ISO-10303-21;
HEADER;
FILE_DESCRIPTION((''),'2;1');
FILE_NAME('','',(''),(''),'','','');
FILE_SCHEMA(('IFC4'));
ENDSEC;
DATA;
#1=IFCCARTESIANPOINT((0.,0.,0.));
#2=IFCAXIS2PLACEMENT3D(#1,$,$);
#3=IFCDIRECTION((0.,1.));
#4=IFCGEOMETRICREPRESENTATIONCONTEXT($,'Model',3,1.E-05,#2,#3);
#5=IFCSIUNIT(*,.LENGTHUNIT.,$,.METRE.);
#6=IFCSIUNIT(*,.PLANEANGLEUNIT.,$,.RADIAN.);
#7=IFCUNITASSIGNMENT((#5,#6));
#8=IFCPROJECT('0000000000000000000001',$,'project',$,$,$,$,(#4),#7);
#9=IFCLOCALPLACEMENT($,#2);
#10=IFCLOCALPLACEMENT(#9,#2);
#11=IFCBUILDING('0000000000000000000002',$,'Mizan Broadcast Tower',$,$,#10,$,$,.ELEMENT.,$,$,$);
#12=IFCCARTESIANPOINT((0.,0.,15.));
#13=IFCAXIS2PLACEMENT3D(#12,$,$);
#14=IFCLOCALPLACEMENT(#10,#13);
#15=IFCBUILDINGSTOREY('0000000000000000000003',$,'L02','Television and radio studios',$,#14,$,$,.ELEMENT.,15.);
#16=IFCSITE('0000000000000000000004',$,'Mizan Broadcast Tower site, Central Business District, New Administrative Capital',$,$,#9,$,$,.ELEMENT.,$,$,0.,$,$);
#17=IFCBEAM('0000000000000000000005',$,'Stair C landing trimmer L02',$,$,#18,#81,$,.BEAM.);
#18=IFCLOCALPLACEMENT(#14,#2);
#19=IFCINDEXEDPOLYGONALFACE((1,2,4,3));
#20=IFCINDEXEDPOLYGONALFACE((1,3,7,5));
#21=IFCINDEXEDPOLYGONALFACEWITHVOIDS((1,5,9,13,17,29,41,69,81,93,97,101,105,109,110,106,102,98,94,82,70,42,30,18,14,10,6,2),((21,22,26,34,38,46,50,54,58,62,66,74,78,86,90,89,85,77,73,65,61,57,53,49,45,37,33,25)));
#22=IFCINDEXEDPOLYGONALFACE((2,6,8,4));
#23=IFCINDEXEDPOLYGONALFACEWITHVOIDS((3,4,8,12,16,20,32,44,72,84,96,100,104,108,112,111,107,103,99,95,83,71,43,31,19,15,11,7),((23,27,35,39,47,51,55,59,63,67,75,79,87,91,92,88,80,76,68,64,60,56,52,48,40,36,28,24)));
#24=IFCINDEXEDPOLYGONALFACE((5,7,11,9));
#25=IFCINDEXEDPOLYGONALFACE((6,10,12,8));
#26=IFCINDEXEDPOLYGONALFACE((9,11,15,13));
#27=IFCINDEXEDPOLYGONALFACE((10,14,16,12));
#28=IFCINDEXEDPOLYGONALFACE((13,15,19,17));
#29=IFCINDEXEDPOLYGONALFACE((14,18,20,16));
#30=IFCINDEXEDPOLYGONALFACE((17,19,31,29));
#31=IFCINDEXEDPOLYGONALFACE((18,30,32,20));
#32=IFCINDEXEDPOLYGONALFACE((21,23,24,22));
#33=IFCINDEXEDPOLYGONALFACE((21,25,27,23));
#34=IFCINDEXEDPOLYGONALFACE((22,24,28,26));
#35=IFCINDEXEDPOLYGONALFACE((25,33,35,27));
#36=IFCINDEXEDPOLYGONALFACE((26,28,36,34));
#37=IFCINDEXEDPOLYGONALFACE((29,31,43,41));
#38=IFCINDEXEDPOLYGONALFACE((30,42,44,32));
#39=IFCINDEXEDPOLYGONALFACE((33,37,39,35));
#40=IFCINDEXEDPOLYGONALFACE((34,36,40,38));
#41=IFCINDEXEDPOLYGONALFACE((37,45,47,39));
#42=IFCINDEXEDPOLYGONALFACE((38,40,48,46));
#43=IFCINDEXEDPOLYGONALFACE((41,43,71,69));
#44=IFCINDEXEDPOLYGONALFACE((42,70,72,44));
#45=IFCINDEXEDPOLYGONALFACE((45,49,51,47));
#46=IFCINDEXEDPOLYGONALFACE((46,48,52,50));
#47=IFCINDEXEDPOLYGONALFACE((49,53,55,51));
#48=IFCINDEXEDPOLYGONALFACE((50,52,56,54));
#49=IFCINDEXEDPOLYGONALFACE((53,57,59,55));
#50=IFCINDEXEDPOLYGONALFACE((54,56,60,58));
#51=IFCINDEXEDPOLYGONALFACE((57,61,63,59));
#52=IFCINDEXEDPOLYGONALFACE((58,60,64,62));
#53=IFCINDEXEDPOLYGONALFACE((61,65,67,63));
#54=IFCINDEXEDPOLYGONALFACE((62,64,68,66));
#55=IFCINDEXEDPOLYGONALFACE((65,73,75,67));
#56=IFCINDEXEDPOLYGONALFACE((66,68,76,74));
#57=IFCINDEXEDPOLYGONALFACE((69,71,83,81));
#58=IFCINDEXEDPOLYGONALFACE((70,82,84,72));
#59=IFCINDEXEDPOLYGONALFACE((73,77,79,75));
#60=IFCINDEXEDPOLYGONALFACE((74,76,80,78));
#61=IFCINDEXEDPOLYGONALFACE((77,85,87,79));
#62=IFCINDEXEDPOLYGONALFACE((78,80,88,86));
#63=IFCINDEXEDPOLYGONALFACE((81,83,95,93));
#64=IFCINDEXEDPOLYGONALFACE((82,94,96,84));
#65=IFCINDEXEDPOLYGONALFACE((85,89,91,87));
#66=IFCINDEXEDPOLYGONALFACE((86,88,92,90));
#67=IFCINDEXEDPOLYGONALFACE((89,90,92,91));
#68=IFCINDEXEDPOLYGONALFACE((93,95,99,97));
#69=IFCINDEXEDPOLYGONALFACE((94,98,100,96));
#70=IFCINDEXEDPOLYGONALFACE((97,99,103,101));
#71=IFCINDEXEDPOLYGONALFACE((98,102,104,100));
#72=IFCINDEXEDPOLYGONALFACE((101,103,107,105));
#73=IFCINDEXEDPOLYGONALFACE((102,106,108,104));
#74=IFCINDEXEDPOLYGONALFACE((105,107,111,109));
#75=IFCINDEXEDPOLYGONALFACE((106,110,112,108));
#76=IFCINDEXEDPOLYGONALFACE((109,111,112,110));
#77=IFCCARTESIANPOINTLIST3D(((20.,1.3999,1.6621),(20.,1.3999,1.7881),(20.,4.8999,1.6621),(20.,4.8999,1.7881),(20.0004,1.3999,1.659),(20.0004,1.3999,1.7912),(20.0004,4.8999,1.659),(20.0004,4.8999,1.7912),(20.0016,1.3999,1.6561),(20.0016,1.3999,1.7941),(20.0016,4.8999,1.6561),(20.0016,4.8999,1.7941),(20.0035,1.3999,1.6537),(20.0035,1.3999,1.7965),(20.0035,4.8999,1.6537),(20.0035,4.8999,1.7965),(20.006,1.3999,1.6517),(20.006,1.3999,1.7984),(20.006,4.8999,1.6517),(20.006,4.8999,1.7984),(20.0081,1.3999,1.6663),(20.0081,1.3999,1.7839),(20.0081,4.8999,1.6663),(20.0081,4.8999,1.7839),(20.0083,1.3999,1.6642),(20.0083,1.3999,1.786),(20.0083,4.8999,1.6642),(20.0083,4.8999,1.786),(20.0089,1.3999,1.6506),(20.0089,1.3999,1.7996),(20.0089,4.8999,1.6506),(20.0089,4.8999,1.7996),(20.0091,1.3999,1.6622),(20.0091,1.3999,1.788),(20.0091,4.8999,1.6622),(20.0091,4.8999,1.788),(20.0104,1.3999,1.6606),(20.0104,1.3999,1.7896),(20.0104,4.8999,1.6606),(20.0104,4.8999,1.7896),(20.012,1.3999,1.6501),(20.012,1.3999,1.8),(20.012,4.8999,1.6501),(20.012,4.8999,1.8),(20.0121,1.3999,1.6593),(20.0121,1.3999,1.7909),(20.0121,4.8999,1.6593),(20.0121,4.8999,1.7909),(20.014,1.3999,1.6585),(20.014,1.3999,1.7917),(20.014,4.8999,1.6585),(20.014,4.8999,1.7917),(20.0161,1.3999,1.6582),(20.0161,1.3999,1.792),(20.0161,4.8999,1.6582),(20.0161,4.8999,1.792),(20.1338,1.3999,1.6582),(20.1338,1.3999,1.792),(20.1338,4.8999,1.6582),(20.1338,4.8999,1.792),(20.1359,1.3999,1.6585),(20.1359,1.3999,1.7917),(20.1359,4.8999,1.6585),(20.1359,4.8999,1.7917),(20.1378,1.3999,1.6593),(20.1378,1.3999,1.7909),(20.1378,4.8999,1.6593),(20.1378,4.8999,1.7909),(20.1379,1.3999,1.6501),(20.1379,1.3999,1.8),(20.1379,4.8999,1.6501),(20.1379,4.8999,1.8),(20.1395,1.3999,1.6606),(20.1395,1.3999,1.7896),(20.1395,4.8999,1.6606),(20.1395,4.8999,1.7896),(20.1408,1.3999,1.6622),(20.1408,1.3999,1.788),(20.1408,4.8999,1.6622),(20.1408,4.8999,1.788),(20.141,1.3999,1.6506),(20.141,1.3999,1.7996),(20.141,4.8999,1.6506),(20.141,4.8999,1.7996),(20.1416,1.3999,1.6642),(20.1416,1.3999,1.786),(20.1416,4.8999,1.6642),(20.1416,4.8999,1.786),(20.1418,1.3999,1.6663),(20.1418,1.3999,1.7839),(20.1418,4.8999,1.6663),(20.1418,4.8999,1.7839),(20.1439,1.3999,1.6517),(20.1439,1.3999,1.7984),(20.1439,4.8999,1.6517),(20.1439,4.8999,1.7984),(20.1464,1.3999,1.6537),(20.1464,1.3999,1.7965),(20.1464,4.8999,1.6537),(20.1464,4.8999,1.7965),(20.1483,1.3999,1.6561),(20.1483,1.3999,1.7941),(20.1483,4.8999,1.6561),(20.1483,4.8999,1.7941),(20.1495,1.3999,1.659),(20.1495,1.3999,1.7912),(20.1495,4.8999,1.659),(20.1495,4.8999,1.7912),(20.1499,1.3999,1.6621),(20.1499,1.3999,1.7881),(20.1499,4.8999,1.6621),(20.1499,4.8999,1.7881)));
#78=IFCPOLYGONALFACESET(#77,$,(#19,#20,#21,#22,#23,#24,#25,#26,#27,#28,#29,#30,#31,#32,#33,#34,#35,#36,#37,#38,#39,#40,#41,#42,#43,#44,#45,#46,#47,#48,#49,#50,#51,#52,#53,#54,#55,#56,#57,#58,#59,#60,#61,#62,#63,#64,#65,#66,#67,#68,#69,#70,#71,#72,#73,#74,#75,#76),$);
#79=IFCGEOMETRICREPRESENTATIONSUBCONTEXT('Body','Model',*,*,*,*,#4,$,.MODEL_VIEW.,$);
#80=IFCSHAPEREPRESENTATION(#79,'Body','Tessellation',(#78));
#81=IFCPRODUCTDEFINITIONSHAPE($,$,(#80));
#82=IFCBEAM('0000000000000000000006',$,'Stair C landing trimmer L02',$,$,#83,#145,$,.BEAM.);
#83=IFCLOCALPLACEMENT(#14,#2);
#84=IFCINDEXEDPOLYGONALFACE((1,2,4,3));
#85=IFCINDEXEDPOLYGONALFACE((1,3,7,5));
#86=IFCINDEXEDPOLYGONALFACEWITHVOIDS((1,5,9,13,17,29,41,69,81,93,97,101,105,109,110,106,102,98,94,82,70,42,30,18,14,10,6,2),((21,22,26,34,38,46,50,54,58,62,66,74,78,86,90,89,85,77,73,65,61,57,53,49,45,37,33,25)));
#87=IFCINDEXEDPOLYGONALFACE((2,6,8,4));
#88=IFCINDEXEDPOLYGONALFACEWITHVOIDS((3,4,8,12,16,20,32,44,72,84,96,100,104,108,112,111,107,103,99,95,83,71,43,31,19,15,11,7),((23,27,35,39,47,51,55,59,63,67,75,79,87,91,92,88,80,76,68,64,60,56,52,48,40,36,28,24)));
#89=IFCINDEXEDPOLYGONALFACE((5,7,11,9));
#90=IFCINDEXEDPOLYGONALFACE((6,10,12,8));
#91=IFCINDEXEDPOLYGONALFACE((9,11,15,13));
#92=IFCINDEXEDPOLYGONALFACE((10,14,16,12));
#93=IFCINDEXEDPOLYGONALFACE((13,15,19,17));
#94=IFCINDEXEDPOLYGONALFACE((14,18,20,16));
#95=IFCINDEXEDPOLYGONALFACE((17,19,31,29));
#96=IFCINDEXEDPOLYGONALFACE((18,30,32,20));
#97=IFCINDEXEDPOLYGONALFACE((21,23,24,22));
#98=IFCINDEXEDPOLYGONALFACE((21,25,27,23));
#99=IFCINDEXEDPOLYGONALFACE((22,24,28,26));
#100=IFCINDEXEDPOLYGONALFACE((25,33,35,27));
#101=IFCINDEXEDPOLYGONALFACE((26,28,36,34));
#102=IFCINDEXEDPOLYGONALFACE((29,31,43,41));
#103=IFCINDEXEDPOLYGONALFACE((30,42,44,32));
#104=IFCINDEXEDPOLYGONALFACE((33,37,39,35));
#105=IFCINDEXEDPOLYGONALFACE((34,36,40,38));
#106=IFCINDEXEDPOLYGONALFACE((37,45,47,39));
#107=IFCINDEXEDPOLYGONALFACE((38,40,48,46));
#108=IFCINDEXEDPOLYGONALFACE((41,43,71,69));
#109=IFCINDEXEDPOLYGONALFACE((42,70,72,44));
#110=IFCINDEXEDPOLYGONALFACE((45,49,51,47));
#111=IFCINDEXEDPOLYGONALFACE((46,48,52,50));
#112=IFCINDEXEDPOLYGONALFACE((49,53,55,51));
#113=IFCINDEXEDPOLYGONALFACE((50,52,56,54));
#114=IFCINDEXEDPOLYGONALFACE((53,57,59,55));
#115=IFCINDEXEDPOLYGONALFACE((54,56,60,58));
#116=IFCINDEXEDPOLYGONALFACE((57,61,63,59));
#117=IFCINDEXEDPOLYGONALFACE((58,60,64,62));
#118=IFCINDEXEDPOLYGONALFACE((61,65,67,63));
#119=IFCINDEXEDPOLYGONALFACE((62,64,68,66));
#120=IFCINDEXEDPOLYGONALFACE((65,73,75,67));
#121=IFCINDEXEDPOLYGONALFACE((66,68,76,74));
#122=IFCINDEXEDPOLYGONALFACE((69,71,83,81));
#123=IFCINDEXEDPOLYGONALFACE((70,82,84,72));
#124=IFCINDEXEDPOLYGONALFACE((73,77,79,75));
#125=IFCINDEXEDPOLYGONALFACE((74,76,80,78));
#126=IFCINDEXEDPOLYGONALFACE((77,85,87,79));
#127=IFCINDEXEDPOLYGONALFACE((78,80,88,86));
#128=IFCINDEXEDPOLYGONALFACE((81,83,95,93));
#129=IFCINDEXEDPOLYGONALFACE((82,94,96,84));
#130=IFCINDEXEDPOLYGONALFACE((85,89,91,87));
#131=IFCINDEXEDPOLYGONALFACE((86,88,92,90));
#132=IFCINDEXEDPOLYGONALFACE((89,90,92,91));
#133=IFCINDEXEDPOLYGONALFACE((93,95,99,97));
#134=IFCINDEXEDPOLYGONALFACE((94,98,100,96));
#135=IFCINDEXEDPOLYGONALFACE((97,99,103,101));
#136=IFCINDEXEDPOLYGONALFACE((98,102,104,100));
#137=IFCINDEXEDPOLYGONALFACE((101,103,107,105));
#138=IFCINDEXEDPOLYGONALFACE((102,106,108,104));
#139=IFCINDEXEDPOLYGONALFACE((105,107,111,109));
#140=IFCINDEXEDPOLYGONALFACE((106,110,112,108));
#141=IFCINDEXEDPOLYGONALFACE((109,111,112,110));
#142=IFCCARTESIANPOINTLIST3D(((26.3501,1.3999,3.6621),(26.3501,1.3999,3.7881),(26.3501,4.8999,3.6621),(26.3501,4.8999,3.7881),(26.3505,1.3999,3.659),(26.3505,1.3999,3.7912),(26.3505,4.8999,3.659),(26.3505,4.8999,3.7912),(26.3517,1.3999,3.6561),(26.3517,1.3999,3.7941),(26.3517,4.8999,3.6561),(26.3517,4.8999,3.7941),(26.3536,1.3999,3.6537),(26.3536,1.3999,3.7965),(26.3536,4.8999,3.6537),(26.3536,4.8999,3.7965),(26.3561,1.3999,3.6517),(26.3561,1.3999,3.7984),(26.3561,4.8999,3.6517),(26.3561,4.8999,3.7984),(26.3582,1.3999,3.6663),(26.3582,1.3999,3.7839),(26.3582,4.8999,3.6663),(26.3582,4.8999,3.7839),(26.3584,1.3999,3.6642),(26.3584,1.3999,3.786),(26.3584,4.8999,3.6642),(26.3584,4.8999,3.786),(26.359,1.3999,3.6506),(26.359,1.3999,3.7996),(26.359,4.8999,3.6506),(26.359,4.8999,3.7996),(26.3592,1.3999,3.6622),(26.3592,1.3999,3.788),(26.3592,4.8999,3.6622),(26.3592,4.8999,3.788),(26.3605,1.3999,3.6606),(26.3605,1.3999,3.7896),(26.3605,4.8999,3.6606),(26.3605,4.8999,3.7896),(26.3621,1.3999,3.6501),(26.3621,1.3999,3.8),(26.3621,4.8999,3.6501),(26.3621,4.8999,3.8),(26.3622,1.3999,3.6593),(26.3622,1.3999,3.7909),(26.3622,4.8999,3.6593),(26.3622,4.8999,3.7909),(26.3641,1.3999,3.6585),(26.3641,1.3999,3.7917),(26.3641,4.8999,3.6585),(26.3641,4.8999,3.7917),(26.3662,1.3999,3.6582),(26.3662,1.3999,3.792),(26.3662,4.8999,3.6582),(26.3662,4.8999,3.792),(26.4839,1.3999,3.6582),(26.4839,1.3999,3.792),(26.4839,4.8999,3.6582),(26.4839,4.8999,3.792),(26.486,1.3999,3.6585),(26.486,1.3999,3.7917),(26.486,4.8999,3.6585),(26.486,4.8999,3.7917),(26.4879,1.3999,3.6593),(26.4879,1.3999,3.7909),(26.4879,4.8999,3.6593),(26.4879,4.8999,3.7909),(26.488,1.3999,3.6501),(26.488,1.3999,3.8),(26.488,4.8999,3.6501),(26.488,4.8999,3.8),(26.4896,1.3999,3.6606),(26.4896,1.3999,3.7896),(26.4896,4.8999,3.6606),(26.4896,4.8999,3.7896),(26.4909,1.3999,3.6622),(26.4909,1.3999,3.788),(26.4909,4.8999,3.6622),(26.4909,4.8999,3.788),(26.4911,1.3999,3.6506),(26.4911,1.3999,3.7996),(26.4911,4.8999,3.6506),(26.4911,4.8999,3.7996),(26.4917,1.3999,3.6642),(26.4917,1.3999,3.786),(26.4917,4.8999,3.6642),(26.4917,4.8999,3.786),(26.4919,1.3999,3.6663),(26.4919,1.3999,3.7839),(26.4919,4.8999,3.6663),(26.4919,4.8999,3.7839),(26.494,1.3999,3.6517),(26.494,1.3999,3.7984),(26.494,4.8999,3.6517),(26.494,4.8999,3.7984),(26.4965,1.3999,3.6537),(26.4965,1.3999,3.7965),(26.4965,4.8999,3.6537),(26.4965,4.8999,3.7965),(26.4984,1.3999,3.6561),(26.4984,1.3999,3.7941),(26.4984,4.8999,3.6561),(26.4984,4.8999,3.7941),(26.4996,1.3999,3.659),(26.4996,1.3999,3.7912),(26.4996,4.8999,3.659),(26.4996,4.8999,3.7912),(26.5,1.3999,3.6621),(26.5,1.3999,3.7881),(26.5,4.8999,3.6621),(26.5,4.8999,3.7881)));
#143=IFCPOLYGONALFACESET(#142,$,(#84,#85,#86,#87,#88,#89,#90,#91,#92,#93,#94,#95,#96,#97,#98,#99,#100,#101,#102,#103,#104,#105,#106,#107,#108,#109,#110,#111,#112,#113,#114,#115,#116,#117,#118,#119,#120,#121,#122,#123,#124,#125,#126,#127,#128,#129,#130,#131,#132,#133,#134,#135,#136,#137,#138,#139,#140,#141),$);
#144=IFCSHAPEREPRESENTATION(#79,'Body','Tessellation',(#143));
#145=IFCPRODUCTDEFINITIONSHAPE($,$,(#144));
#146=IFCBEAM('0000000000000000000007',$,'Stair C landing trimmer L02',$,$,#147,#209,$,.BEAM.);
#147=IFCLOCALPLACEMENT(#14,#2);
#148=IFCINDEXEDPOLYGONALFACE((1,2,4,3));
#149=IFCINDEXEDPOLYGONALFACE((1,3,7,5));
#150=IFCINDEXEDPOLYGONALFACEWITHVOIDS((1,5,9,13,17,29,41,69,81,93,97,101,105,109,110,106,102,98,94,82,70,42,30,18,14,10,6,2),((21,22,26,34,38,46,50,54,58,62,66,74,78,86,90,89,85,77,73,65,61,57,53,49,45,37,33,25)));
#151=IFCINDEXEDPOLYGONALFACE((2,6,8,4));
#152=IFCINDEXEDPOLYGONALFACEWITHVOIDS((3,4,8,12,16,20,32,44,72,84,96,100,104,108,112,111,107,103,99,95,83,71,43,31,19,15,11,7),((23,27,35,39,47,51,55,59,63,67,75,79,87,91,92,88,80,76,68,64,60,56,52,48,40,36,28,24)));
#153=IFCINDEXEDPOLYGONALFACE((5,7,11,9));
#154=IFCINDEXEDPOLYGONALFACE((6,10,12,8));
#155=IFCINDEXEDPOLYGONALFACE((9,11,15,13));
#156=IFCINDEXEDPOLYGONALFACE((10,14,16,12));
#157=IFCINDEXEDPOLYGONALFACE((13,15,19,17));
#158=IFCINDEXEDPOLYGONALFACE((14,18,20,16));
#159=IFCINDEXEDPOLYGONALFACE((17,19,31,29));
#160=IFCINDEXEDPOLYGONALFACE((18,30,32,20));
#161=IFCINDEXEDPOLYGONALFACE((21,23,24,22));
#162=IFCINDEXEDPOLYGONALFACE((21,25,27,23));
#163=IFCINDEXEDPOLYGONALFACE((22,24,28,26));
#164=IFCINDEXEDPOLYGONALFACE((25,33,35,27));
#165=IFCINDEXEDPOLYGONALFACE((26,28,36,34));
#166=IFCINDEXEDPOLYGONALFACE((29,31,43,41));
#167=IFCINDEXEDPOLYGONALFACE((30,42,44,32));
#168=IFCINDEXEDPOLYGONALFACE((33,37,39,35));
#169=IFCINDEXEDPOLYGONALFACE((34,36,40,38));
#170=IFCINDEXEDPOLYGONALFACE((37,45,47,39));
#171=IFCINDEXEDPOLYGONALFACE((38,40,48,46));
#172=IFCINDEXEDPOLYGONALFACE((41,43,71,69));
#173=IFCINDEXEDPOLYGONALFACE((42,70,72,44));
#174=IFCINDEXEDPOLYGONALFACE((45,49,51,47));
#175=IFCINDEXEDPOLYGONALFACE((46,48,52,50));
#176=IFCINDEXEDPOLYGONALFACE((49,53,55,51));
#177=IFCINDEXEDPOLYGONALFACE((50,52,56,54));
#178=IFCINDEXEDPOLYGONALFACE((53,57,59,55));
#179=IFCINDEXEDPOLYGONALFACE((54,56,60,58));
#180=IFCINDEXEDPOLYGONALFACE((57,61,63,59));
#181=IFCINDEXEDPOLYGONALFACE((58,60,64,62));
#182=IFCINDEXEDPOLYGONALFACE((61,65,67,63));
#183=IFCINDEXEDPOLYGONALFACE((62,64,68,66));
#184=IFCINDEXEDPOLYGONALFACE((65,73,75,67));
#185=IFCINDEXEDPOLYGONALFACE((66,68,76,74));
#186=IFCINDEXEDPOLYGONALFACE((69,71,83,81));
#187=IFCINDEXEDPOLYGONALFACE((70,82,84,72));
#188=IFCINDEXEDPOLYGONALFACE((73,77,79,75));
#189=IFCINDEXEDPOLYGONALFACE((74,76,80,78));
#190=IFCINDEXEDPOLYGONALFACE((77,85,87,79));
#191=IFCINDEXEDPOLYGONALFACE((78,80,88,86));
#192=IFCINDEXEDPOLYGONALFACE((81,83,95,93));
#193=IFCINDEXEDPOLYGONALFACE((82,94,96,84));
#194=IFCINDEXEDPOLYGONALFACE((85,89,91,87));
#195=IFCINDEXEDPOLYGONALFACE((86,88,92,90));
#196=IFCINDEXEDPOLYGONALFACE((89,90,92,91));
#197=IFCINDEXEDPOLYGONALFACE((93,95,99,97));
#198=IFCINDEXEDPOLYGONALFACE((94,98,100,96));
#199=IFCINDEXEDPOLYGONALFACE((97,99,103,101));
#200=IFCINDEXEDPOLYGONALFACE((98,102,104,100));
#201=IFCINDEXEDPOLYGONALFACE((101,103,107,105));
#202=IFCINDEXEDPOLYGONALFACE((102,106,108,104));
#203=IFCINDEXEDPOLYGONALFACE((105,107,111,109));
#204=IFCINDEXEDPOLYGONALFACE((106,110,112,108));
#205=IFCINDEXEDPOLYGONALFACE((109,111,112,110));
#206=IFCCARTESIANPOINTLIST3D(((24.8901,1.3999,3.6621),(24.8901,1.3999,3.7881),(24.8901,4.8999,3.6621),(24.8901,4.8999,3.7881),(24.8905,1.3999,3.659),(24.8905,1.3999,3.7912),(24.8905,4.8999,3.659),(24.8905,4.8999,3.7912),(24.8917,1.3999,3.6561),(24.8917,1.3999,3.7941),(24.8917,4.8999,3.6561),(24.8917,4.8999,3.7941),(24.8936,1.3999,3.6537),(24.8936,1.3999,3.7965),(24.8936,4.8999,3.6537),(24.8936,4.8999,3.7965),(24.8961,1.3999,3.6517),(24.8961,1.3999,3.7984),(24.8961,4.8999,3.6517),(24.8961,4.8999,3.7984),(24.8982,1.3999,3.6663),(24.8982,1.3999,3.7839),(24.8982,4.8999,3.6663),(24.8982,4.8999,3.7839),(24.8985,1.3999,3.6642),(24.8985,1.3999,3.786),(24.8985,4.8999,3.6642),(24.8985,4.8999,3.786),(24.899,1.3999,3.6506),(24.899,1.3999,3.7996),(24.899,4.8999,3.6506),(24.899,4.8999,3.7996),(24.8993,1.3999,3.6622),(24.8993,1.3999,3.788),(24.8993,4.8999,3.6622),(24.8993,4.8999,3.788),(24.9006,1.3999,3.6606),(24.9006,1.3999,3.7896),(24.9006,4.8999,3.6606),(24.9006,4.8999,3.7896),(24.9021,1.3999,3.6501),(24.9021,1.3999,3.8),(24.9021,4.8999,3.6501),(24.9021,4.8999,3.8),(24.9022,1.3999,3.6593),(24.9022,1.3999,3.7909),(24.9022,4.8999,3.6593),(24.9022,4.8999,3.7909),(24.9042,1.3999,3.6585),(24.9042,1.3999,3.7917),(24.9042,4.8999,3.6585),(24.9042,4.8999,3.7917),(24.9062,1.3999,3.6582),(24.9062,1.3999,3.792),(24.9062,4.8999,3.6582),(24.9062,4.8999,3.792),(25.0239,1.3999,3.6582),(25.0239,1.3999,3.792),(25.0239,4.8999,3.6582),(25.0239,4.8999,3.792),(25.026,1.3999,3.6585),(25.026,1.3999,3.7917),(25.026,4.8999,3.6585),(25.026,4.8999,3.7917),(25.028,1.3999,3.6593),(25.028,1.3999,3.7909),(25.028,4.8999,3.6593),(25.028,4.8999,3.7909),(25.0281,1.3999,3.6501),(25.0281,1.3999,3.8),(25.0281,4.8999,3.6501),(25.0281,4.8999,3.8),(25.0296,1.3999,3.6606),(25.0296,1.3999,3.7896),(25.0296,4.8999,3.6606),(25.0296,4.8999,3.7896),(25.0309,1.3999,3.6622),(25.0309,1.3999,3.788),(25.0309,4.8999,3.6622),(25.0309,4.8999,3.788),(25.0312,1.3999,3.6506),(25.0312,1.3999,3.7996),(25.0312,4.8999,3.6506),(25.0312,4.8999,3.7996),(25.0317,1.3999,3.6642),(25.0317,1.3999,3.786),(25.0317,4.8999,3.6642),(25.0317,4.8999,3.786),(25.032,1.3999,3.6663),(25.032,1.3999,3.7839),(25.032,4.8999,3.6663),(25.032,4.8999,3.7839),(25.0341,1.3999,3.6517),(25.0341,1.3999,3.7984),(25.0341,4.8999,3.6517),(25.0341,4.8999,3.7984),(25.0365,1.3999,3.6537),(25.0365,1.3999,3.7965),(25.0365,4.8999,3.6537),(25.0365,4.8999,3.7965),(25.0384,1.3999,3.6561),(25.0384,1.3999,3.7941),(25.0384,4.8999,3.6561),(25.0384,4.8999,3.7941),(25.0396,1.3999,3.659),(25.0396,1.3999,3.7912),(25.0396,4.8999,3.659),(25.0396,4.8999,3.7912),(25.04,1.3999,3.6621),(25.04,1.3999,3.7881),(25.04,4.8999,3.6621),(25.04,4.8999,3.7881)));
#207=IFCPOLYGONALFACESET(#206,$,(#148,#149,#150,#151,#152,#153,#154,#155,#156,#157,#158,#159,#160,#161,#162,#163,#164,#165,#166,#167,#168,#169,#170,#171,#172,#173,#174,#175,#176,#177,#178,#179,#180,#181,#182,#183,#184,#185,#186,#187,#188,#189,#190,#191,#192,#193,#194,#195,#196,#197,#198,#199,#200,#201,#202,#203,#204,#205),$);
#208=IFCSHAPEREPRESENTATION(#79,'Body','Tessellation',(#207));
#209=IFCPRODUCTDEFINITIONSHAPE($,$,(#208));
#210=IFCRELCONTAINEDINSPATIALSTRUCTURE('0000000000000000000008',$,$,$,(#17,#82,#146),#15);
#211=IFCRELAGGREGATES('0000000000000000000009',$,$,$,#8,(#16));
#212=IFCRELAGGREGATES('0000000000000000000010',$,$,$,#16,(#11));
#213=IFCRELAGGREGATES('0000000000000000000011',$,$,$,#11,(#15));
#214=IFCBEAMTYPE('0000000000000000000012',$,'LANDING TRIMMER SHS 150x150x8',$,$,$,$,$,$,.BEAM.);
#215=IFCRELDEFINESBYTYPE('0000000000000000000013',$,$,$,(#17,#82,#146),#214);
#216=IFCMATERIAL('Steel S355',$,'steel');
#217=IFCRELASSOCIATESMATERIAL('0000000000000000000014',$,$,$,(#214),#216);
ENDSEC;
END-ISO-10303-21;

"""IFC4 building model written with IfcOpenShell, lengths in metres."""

from ifc_helpers import new_model, si_unit, direction, frame, origin, origin_2d, place, context, subcontext, project, spatial, hollow_rectangle, extrude, material, material_profile, profile_set, type_object, element, save


model = new_model("IFC4")

# Units and contexts
model_context = context("Model", 3, precision=1e-05, world=origin(), true_north=direction((0.0, 1.0)))
body_context = subcontext(model_context, "Body", "Model", "MODEL_VIEW")
ifc_project = project(units=[si_unit("LENGTHUNIT", "METRE"), si_unit("PLANEANGLEUNIT", "RADIAN")], contexts=[model_context])

# Site, building, storey
site_placement = place(None, origin())
site = spatial("IfcSite", under=ifc_project, at=site_placement, Name="Mizan Broadcast Tower site, Central Business District, New Administrative Capital", CompositionType="ELEMENT", RefElevation=0.0)
building_placement = place(site_placement, origin())
building = spatial("IfcBuilding", under=site, at=building_placement, Name="Mizan Broadcast Tower", CompositionType="ELEMENT")
storey_placement = place(building_placement, frame((0.0, 0.0, 15.0)))
storey = spatial("IfcBuildingStorey", under=building, at=storey_placement, Name="L02", Description="Television and radio studios", CompositionType="ELEMENT", Elevation=15.0)

# Beams
ifc_material_1 = material(Name="Steel S355", Category="steel")
ifc_material_profile_1 = material_profile(ifc_material_1, hollow_rectangle(XDim=0.1499, YDim=0.1499, WallThickness=0.0081, InnerFilletRadius=0.0081, OuterFilletRadius=0.012, at=origin_2d()), Name="SHS 150x150x8")
ifc_profile_set_1 = profile_set([ifc_material_profile_1], Name="Steel S355")
beam_type_1 = type_object("IfcBeamType", Name="LANDING TRIMMER SHS 150x150x8", PredefinedType="BEAM", material=ifc_profile_set_1)
for number, where, z_axis, x_axis, name in (
    (1, (20.075, 1.3999, 1.7251), (0.0, 1.0, 0.0), (-1.0, 0.0, 0.0), "Stair C landing trimmer L02"),
    (2, (26.425, 1.3999, 3.7251), (0.0, 1.0, 0.0), (-1.0, 0.0, 0.0), "Stair C landing trimmer L02"),
    (3, (24.9651, 1.3999, 3.7251), (0.0, 1.0, 0.0), (-1.0, 0.0, 0.0), "Stair C landing trimmer L02"),
):
    element("IfcBeam", number, at=place(storey_placement, frame(where, z_axis=z_axis, x_axis=x_axis)), inside=storey, type_object=beam_type_1, Name=name, PredefinedType="BEAM", context=body_context, shape_type="SweptSolid", body=[
        extrude(hollow_rectangle(XDim=0.1499, YDim=0.1499, WallThickness=0.0081, InnerFilletRadius=0.0081, OuterFilletRadius=0.012, at=origin_2d()), origin(), (0.0, 0.0, 1.0), 3.5),
    ])

save(model, "model.ifc")
